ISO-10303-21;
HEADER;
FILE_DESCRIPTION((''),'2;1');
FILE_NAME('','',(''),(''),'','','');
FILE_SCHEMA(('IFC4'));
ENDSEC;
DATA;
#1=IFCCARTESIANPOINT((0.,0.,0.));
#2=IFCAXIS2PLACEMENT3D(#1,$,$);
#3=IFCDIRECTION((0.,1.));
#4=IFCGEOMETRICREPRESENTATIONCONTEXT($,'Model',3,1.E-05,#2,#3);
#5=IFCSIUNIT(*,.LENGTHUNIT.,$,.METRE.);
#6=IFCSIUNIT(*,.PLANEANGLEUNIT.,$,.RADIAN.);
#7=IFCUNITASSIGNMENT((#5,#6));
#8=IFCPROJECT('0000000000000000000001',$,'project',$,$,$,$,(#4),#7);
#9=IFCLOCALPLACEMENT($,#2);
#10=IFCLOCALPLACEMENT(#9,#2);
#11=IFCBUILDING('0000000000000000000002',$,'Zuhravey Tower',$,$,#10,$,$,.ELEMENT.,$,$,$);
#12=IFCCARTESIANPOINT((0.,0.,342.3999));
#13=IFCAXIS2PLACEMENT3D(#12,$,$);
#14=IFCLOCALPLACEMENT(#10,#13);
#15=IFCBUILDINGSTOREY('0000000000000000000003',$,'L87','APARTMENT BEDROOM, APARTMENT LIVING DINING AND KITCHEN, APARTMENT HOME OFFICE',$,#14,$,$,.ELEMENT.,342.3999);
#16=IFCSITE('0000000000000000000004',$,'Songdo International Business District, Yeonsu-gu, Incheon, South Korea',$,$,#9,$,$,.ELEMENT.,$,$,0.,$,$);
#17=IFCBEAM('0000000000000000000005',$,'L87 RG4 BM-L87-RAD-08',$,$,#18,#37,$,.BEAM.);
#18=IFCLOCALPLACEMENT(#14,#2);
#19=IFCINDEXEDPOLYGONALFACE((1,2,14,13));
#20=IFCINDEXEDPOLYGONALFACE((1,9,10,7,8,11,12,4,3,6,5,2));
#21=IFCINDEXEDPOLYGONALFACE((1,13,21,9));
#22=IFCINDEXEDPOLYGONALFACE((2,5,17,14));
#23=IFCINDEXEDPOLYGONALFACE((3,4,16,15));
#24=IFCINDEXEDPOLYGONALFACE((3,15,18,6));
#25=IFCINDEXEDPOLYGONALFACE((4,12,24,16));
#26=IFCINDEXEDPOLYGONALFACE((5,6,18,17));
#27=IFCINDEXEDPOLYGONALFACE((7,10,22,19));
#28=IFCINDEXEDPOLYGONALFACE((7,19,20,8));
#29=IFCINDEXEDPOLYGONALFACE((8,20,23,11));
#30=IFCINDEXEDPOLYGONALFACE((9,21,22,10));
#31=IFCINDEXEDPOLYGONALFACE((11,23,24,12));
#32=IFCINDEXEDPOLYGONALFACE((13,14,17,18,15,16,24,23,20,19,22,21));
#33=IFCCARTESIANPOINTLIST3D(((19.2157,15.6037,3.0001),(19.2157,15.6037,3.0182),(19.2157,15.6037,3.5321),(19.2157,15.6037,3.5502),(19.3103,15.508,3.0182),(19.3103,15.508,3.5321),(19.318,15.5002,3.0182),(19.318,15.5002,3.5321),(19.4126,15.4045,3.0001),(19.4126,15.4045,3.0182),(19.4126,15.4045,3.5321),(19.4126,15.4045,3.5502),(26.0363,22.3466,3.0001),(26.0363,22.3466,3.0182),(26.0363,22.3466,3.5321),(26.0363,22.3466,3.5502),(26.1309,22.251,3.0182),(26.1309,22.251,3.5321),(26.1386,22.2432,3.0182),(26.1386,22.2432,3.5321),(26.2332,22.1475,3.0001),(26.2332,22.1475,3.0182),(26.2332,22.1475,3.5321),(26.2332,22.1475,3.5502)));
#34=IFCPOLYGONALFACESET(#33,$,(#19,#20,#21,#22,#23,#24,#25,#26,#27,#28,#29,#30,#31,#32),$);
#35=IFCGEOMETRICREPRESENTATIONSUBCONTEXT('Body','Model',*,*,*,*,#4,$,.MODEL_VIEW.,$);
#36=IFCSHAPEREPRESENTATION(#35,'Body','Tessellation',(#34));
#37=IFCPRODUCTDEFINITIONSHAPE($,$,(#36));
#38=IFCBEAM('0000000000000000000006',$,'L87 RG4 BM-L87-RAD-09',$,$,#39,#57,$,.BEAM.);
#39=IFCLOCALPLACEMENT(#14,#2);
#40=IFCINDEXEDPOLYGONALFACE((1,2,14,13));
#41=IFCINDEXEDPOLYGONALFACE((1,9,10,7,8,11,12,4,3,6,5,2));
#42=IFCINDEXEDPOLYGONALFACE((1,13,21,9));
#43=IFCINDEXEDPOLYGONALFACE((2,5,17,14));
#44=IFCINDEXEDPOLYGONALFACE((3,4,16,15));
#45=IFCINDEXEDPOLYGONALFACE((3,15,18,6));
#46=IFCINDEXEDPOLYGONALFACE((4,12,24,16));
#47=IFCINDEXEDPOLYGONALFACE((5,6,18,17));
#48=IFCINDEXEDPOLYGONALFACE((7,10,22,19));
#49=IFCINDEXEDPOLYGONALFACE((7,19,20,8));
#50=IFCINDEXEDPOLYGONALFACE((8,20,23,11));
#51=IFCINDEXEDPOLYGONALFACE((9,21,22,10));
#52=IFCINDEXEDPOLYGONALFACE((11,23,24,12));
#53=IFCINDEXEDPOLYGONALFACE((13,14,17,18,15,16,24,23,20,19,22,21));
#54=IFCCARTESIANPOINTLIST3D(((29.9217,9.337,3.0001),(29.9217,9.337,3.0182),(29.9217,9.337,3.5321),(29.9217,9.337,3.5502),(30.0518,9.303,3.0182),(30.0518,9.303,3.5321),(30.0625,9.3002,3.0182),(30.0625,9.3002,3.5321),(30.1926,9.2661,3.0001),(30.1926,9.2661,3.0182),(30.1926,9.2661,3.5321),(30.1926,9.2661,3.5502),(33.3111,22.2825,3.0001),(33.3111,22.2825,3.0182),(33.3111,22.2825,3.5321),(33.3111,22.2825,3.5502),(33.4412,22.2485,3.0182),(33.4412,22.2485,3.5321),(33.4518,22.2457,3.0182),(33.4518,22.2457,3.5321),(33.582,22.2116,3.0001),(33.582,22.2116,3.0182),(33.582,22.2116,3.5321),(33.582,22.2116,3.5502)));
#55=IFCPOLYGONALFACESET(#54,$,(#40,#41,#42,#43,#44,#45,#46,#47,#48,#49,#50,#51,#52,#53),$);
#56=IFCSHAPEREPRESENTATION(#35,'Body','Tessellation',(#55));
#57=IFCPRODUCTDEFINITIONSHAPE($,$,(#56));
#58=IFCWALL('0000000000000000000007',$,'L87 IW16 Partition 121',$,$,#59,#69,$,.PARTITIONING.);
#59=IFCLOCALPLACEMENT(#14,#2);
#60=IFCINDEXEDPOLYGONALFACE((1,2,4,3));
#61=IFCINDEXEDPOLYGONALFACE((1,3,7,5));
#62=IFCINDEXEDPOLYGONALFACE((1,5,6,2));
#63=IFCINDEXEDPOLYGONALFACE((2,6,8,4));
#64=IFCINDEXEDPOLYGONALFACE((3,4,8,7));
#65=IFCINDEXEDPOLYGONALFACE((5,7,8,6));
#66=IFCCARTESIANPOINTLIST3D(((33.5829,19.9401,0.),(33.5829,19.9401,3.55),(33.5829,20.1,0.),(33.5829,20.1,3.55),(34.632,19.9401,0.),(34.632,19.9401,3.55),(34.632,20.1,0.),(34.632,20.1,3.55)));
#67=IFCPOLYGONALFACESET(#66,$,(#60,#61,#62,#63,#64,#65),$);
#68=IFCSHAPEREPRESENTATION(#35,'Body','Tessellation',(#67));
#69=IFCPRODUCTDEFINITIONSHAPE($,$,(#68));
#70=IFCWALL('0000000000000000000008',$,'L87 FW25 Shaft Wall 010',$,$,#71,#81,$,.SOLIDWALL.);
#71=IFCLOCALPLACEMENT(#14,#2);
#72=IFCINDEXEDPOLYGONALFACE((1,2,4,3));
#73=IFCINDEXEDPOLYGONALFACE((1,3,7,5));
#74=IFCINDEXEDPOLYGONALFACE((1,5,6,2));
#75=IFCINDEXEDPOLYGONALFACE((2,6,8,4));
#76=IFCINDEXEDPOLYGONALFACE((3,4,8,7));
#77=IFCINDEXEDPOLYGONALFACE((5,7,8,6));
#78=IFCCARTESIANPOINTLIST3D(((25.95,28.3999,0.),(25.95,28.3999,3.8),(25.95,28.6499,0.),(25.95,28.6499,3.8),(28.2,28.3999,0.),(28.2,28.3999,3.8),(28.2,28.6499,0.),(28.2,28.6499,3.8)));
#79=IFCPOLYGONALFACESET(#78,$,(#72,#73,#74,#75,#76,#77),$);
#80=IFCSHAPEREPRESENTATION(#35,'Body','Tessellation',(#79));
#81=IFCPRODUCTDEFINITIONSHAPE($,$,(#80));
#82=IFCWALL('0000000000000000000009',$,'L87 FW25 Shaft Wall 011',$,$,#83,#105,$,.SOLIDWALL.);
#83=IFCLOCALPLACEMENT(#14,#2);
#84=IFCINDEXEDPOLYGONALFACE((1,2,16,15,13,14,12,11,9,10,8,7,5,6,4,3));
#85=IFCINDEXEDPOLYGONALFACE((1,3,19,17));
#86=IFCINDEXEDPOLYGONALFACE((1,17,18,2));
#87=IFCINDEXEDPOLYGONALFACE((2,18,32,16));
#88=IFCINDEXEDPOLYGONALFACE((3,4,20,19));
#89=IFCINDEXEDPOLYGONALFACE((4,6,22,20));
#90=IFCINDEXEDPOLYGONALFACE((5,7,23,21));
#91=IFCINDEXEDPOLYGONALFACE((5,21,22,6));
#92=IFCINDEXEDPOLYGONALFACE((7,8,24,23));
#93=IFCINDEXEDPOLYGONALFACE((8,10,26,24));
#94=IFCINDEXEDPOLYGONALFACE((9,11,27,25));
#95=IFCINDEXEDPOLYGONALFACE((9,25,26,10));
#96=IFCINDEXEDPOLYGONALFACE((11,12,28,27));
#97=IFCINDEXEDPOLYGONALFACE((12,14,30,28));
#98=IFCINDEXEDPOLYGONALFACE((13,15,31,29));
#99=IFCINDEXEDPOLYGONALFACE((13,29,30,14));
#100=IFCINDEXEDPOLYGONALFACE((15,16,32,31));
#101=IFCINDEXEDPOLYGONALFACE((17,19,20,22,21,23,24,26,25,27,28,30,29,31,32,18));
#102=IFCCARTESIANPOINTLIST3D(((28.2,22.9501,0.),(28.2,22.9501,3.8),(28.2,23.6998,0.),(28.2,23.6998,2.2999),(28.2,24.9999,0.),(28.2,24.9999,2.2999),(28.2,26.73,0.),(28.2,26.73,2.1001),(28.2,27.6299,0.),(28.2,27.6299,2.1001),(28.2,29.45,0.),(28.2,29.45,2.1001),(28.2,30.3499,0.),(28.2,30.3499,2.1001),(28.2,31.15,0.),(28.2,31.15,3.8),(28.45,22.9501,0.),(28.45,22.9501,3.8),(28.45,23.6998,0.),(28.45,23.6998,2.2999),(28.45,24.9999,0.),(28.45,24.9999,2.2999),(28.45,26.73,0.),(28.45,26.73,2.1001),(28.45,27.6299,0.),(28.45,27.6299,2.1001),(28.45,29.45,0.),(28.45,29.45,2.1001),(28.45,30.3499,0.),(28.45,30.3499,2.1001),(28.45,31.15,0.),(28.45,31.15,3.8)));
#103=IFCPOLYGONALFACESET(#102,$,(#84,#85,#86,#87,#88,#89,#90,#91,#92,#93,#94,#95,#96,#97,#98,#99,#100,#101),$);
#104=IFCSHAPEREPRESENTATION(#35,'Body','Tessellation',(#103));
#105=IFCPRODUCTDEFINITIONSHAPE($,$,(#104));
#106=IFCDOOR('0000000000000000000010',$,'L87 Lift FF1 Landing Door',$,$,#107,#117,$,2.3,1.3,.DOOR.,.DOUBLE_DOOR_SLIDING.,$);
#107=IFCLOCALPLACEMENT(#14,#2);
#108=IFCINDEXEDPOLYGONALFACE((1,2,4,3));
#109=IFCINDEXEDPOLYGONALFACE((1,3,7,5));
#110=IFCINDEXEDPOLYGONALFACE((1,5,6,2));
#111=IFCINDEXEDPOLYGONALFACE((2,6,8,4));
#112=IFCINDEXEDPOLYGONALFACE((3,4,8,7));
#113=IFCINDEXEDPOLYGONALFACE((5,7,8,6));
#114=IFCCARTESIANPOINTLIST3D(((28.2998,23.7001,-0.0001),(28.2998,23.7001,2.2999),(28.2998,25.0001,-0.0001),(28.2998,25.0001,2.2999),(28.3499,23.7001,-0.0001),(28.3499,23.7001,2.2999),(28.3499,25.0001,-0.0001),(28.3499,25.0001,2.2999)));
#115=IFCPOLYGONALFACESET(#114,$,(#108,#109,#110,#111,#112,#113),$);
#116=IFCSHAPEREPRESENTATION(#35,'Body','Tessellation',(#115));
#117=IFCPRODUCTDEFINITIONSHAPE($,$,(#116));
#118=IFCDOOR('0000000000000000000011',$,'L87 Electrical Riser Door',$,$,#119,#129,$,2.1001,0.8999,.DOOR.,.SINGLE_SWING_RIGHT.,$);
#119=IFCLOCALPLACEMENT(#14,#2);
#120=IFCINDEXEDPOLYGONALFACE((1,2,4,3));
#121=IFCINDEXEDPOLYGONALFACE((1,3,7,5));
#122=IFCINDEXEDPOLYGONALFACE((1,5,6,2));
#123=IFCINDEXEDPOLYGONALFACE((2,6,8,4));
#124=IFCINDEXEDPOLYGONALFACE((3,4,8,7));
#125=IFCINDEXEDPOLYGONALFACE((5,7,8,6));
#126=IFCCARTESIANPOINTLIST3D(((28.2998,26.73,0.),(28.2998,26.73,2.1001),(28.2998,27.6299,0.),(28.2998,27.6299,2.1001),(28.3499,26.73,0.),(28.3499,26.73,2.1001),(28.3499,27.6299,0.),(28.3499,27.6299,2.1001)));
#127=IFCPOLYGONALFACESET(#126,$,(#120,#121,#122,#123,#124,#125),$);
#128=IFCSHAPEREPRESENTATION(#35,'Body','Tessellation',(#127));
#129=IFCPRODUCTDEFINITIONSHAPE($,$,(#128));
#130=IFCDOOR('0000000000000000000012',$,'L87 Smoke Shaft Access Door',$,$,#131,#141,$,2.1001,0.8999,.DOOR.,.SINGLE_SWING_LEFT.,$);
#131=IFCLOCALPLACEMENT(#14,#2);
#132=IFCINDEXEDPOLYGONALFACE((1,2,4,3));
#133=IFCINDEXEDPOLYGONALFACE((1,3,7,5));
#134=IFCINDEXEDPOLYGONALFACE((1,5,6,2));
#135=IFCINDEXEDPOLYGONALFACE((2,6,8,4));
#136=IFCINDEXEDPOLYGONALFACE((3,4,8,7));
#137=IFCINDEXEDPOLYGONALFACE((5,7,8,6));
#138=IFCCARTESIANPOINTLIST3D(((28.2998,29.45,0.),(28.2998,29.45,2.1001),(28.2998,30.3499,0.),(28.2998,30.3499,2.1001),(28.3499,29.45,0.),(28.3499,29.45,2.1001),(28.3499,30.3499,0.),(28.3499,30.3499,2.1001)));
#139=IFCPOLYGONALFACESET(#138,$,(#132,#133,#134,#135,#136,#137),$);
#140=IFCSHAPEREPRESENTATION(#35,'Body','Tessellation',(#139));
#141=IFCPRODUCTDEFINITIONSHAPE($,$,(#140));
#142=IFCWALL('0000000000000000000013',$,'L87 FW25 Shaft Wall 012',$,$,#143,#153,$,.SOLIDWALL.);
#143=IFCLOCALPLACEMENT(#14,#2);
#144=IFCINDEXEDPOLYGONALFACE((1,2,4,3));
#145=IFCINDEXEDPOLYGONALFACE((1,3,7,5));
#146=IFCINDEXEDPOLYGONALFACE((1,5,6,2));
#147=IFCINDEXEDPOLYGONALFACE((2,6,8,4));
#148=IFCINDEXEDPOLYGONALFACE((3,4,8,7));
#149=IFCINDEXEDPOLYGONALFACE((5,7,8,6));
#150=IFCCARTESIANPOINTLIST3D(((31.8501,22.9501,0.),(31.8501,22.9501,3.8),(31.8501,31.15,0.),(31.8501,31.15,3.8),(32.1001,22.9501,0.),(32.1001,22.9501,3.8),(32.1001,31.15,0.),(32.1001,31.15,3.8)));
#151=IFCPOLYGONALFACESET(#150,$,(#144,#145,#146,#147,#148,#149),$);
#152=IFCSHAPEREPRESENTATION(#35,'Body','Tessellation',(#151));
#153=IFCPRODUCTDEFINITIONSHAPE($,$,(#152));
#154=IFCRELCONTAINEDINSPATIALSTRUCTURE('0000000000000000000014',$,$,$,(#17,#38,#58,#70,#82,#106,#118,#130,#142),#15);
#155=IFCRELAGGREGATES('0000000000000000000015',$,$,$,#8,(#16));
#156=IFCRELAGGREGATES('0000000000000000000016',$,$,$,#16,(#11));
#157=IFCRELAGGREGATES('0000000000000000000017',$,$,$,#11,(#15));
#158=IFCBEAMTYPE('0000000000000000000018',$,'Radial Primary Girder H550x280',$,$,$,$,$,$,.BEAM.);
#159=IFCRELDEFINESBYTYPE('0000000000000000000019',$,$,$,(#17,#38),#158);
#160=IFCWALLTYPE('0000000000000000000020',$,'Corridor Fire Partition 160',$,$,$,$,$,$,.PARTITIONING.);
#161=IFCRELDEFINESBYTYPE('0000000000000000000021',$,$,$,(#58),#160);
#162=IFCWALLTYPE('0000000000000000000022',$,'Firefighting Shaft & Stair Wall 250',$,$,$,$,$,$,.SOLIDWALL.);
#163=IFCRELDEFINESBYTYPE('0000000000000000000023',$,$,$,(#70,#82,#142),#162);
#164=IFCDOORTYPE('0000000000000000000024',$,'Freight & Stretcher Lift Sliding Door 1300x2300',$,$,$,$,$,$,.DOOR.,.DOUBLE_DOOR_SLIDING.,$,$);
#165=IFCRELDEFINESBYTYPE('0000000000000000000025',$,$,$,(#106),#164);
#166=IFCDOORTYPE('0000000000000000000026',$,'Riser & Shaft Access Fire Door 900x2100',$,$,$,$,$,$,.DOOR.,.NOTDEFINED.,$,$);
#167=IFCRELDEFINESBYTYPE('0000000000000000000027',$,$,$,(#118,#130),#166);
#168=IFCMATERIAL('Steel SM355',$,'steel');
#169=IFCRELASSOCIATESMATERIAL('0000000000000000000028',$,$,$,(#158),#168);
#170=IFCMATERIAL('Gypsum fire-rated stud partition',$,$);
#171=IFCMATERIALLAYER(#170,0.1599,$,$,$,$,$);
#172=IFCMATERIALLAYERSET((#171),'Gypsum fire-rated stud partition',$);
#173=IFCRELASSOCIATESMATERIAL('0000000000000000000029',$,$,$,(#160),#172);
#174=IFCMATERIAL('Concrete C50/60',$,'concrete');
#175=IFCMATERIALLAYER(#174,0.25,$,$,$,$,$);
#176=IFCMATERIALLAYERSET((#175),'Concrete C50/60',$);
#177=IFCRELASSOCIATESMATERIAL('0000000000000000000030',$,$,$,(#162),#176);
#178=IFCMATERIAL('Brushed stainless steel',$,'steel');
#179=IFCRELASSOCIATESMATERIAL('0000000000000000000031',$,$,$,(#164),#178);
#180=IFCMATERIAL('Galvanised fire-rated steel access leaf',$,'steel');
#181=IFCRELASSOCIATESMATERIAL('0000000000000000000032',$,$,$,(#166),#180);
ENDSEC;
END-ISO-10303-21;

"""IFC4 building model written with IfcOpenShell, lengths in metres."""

from ifc_helpers import new_model, si_unit, direction, frame, frame_2d, origin, origin_2d, place, context, subcontext, project, spatial, rectangle, i_section, extrude, material, layer, layer_set, material_profile, profile_set, type_object, element, fill, save


model = new_model("IFC4")

# Units and contexts
model_context = context("Model", 3, precision=1e-05, world=origin(), true_north=direction((0.0, 1.0)))
body_context = subcontext(model_context, "Body", "Model", "MODEL_VIEW")
ifc_project = project(units=[si_unit("LENGTHUNIT", "METRE"), si_unit("PLANEANGLEUNIT", "RADIAN")], contexts=[model_context])

# Site, building, storey
site_placement = place(None, origin())
site = spatial("IfcSite", under=ifc_project, at=site_placement, Name="Songdo International Business District, Yeonsu-gu, Incheon, South Korea", CompositionType="ELEMENT", RefElevation=0.0)
building_placement = place(site_placement, origin())
building = spatial("IfcBuilding", under=site, at=building_placement, Name="Zuhravey Tower", CompositionType="ELEMENT")
storey_placement = place(building_placement, frame((0.0, 0.0, 342.3999)))
storey = spatial("IfcBuildingStorey", under=building, at=storey_placement, Name="L87", Description="APARTMENT BEDROOM, APARTMENT LIVING DINING AND KITCHEN, APARTMENT HOME OFFICE", CompositionType="ELEMENT", Elevation=342.3999)

# Beams
ifc_material_1 = material(Name="Steel SM355", Category="steel")
ifc_material_profile = material_profile(ifc_material_1, i_section(OverallWidth=0.28, OverallDepth=0.55, WebThickness=0.011, FlangeThickness=0.0181, at=origin_2d()), Name="H-550x280x11x18")
ifc_profile_set = profile_set([ifc_material_profile], Name="Steel SM355")
beam_type = type_object("IfcBeamType", Name="Radial Primary Girder H550x280", PredefinedType="BEAM", material=ifc_profile_set)
beam_1_placement = place(storey_placement, frame((26.1348, 22.2471, 3.2751), z_axis=(-0.711143, -0.703048, 0.0), x_axis=(0.703048, -0.711143, 0.0)))
element("IfcBeam", 1, at=beam_1_placement, inside=storey, type_object=beam_type, Name="L87 RG4 BM-L87-RAD-08", PredefinedType="BEAM", context=body_context, shape_type="SweptSolid", body=[
    extrude(i_section(OverallWidth=0.28, OverallDepth=0.55, WebThickness=0.011, FlangeThickness=0.0181, at=origin_2d()), origin(), (0.0, 0.0, 1.0), 9.5911),
])
beam_2_placement = place(storey_placement, frame((33.4465, 22.2471, 3.2751), z_axis=(-0.253283, -0.967392, 0.0), x_axis=(0.967392, -0.253283, 0.0)))
element("IfcBeam", 2, at=beam_2_placement, inside=storey, type_object=beam_type, Name="L87 RG4 BM-L87-RAD-09", PredefinedType="BEAM", context=body_context, shape_type="SweptSolid", body=[
    extrude(i_section(OverallWidth=0.28, OverallDepth=0.55, WebThickness=0.011, FlangeThickness=0.0181, at=origin_2d()), origin(), (0.0, 0.0, 1.0), 13.3818),
])

# Wall
ifc_material_2 = material(Name="Gypsum fire-rated stud partition")
ifc_layer_1 = layer(ifc_material_2, 0.1599)
ifc_layer_set_1 = layer_set([ifc_layer_1], Name="Gypsum fire-rated stud partition")
wall_type_1 = type_object("IfcWallType", Name="Corridor Fire Partition 160", PredefinedType="PARTITIONING", material=ifc_layer_set_1)
wall_1_placement = place(storey_placement, frame((33.583, 20.02, 0.0), z_axis=(0.0, 0.0, 1.0), x_axis=(1.0, 0.0, 0.0)))
element("IfcWall", 3, at=wall_1_placement, inside=storey, type_object=wall_type_1, Name="L87 IW16 Partition 121", PredefinedType="PARTITIONING", context=body_context, shape_type="SweptSolid", body=[
    extrude(rectangle(XDim=1.0491, YDim=0.1599, at=frame_2d((0.5244, 0.0))), origin(), (0.0, 0.0, 1.0), 3.55),
])

# Shared definitions
ifc_material_3 = material(Name="Concrete C50/60", Category="concrete")
ifc_layer_2 = layer(ifc_material_3, 0.25)
ifc_layer_set_2 = layer_set([ifc_layer_2], Name="Concrete C50/60")
wall_type_2 = type_object("IfcWallType", Name="Firefighting Shaft & Stair Wall 250", PredefinedType="SOLIDWALL", material=ifc_layer_set_2)

# Wall
wall_2_placement = place(storey_placement, frame((25.95, 28.5249, 0.0), z_axis=(0.0, 0.0, 1.0), x_axis=(1.0, 0.0, 0.0)))
element("IfcWall", 4, at=wall_2_placement, inside=storey, type_object=wall_type_2, Name="L87 FW25 Shaft Wall 010", PredefinedType="SOLIDWALL", context=body_context, shape_type="SweptSolid", body=[
    extrude(rectangle(XDim=2.25, YDim=0.25, at=frame_2d((1.125, 0.0))), origin(), (0.0, 0.0, 1.0), 3.8),
])

# Wall, openings, doors
wall_3_placement = place(storey_placement, frame((28.325, 22.95, 0.0), z_axis=(0.0, 0.0, 1.0), x_axis=(0.0, 1.0, 0.0)))
wall_3 = element("IfcWall", 5, at=wall_3_placement, inside=storey, type_object=wall_type_2, Name="L87 FW25 Shaft Wall 011", PredefinedType="SOLIDWALL", context=body_context, shape_type="SweptSolid", body=[
    extrude(rectangle(XDim=8.2, YDim=0.25, at=frame_2d((4.1001, 0.0))), origin(), (0.0, 0.0, 1.0), 3.8),
])
opening_1_placement = place(wall_3_placement, frame((0.75, 0.0, 0.0)))
opening_1 = element("IfcOpeningElement", 6, at=opening_1_placement, cuts=wall_3, PredefinedType="OPENING", context=body_context, shape_type="SweptSolid", body=[
    extrude(rectangle(XDim=1.3, YDim=2.3, at=frame_2d((0.6499, 1.1499))), frame((0.0, 0.137, 0.0), z_axis=(0.0, -1.0, 0.0), x_axis=(1.0, 0.0, 0.0)), (0.0, 0.0, 1.0), 0.2739),
])
opening_2_placement = place(wall_3_placement, frame((3.78, 0.0, 0.0)))
opening_2 = element("IfcOpeningElement", 7, at=opening_2_placement, cuts=wall_3, PredefinedType="OPENING", context=body_context, shape_type="SweptSolid", body=[
    extrude(rectangle(XDim=0.8999, YDim=2.1001, at=frame_2d((0.45, 1.05))), frame((0.0, 0.137, 0.0), z_axis=(0.0, -1.0, 0.0), x_axis=(1.0, 0.0, 0.0)), (0.0, 0.0, 1.0), 0.2739),
])
opening_3_placement = place(wall_3_placement, frame((6.5, 0.0, 0.0)))
opening_3 = element("IfcOpeningElement", 8, at=opening_3_placement, cuts=wall_3, PredefinedType="OPENING", context=body_context, shape_type="SweptSolid", body=[
    extrude(rectangle(XDim=0.8999, YDim=2.1001, at=frame_2d((0.45, 1.05))), frame((0.0, 0.137, 0.0), z_axis=(0.0, -1.0, 0.0), x_axis=(1.0, 0.0, 0.0)), (0.0, 0.0, 1.0), 0.2739),
])
ifc_material_4 = material(Name="Brushed stainless steel", Category="steel")
door_type_1 = type_object("IfcDoorType", Name="Freight & Stretcher Lift Sliding Door 1300x2300", OperationType="DOUBLE_DOOR_SLIDING", PredefinedType="DOOR", material=ifc_material_4)
door_1_placement = place(opening_1_placement, frame((1.3, 0.0, 0.0), z_axis=(0.0, 0.0, 1.0), x_axis=(-1.0, 0.0, 0.0)))
door_1 = element("IfcDoor", 9, at=door_1_placement, inside=storey, type_object=door_type_1, Name="L87 Lift FF1 Landing Door", OperationType="DOUBLE_DOOR_SLIDING", OverallHeight=2.3, OverallWidth=1.3, PredefinedType="DOOR", context=body_context, shape_type="SweptSolid", body=[
    extrude(rectangle(XDim=1.3, YDim=2.3, at=frame_2d((0.6499, 1.1499))), frame((0.0, 0.0249, 0.0), z_axis=(0.0, -1.0, 0.0), x_axis=(1.0, 0.0, 0.0)), (0.0, 0.0, 1.0), 0.05),
])
fill(opening_1, door_1)
ifc_material_5 = material(Name="Galvanised fire-rated steel access leaf", Category="steel")
door_type_2 = type_object("IfcDoorType", Name="Riser & Shaft Access Fire Door 900x2100", OperationType="NOTDEFINED", PredefinedType="DOOR", material=ifc_material_5)
door_2_placement = place(opening_2_placement, frame((0.8999, 0.0, 0.0), z_axis=(0.0, 0.0, 1.0), x_axis=(-1.0, 0.0, 0.0)))
door_2 = element("IfcDoor", 10, at=door_2_placement, inside=storey, type_object=door_type_2, Name="L87 Electrical Riser Door", OperationType="SINGLE_SWING_RIGHT", OverallHeight=2.1001, OverallWidth=0.8999, PredefinedType="DOOR", context=body_context, shape_type="SweptSolid", body=[
    extrude(rectangle(XDim=0.8999, YDim=2.1001, at=frame_2d((0.45, 1.05))), frame((0.0, 0.0249, 0.0), z_axis=(0.0, -1.0, 0.0), x_axis=(1.0, 0.0, 0.0)), (0.0, 0.0, 1.0), 0.05),
])
fill(opening_2, door_2)
door_3_placement = place(opening_3_placement, frame((0.8999, 0.0, 0.0), z_axis=(0.0, 0.0, 1.0), x_axis=(-1.0, 0.0, 0.0)))
door_3 = element("IfcDoor", 11, at=door_3_placement, inside=storey, type_object=door_type_2, Name="L87 Smoke Shaft Access Door", OperationType="SINGLE_SWING_LEFT", OverallHeight=2.1001, OverallWidth=0.8999, PredefinedType="DOOR", context=body_context, shape_type="SweptSolid", body=[
    extrude(rectangle(XDim=0.8999, YDim=2.1001, at=frame_2d((0.45, 1.05))), frame((0.0, 0.0249, 0.0), z_axis=(0.0, -1.0, 0.0), x_axis=(1.0, 0.0, 0.0)), (0.0, 0.0, 1.0), 0.05),
])
fill(opening_3, door_3)

# Wall
wall_4_placement = place(storey_placement, frame((31.9751, 22.95, 0.0), z_axis=(0.0, 0.0, 1.0), x_axis=(0.0, 1.0, 0.0)))
element("IfcWall", 12, at=wall_4_placement, inside=storey, type_object=wall_type_2, Name="L87 FW25 Shaft Wall 012", PredefinedType="SOLIDWALL", context=body_context, shape_type="SweptSolid", body=[
    extrude(rectangle(XDim=8.2, YDim=0.25, at=frame_2d((4.1001, 0.0))), origin(), (0.0, 0.0, 1.0), 3.8),
])

save(model, "model.ifc")
